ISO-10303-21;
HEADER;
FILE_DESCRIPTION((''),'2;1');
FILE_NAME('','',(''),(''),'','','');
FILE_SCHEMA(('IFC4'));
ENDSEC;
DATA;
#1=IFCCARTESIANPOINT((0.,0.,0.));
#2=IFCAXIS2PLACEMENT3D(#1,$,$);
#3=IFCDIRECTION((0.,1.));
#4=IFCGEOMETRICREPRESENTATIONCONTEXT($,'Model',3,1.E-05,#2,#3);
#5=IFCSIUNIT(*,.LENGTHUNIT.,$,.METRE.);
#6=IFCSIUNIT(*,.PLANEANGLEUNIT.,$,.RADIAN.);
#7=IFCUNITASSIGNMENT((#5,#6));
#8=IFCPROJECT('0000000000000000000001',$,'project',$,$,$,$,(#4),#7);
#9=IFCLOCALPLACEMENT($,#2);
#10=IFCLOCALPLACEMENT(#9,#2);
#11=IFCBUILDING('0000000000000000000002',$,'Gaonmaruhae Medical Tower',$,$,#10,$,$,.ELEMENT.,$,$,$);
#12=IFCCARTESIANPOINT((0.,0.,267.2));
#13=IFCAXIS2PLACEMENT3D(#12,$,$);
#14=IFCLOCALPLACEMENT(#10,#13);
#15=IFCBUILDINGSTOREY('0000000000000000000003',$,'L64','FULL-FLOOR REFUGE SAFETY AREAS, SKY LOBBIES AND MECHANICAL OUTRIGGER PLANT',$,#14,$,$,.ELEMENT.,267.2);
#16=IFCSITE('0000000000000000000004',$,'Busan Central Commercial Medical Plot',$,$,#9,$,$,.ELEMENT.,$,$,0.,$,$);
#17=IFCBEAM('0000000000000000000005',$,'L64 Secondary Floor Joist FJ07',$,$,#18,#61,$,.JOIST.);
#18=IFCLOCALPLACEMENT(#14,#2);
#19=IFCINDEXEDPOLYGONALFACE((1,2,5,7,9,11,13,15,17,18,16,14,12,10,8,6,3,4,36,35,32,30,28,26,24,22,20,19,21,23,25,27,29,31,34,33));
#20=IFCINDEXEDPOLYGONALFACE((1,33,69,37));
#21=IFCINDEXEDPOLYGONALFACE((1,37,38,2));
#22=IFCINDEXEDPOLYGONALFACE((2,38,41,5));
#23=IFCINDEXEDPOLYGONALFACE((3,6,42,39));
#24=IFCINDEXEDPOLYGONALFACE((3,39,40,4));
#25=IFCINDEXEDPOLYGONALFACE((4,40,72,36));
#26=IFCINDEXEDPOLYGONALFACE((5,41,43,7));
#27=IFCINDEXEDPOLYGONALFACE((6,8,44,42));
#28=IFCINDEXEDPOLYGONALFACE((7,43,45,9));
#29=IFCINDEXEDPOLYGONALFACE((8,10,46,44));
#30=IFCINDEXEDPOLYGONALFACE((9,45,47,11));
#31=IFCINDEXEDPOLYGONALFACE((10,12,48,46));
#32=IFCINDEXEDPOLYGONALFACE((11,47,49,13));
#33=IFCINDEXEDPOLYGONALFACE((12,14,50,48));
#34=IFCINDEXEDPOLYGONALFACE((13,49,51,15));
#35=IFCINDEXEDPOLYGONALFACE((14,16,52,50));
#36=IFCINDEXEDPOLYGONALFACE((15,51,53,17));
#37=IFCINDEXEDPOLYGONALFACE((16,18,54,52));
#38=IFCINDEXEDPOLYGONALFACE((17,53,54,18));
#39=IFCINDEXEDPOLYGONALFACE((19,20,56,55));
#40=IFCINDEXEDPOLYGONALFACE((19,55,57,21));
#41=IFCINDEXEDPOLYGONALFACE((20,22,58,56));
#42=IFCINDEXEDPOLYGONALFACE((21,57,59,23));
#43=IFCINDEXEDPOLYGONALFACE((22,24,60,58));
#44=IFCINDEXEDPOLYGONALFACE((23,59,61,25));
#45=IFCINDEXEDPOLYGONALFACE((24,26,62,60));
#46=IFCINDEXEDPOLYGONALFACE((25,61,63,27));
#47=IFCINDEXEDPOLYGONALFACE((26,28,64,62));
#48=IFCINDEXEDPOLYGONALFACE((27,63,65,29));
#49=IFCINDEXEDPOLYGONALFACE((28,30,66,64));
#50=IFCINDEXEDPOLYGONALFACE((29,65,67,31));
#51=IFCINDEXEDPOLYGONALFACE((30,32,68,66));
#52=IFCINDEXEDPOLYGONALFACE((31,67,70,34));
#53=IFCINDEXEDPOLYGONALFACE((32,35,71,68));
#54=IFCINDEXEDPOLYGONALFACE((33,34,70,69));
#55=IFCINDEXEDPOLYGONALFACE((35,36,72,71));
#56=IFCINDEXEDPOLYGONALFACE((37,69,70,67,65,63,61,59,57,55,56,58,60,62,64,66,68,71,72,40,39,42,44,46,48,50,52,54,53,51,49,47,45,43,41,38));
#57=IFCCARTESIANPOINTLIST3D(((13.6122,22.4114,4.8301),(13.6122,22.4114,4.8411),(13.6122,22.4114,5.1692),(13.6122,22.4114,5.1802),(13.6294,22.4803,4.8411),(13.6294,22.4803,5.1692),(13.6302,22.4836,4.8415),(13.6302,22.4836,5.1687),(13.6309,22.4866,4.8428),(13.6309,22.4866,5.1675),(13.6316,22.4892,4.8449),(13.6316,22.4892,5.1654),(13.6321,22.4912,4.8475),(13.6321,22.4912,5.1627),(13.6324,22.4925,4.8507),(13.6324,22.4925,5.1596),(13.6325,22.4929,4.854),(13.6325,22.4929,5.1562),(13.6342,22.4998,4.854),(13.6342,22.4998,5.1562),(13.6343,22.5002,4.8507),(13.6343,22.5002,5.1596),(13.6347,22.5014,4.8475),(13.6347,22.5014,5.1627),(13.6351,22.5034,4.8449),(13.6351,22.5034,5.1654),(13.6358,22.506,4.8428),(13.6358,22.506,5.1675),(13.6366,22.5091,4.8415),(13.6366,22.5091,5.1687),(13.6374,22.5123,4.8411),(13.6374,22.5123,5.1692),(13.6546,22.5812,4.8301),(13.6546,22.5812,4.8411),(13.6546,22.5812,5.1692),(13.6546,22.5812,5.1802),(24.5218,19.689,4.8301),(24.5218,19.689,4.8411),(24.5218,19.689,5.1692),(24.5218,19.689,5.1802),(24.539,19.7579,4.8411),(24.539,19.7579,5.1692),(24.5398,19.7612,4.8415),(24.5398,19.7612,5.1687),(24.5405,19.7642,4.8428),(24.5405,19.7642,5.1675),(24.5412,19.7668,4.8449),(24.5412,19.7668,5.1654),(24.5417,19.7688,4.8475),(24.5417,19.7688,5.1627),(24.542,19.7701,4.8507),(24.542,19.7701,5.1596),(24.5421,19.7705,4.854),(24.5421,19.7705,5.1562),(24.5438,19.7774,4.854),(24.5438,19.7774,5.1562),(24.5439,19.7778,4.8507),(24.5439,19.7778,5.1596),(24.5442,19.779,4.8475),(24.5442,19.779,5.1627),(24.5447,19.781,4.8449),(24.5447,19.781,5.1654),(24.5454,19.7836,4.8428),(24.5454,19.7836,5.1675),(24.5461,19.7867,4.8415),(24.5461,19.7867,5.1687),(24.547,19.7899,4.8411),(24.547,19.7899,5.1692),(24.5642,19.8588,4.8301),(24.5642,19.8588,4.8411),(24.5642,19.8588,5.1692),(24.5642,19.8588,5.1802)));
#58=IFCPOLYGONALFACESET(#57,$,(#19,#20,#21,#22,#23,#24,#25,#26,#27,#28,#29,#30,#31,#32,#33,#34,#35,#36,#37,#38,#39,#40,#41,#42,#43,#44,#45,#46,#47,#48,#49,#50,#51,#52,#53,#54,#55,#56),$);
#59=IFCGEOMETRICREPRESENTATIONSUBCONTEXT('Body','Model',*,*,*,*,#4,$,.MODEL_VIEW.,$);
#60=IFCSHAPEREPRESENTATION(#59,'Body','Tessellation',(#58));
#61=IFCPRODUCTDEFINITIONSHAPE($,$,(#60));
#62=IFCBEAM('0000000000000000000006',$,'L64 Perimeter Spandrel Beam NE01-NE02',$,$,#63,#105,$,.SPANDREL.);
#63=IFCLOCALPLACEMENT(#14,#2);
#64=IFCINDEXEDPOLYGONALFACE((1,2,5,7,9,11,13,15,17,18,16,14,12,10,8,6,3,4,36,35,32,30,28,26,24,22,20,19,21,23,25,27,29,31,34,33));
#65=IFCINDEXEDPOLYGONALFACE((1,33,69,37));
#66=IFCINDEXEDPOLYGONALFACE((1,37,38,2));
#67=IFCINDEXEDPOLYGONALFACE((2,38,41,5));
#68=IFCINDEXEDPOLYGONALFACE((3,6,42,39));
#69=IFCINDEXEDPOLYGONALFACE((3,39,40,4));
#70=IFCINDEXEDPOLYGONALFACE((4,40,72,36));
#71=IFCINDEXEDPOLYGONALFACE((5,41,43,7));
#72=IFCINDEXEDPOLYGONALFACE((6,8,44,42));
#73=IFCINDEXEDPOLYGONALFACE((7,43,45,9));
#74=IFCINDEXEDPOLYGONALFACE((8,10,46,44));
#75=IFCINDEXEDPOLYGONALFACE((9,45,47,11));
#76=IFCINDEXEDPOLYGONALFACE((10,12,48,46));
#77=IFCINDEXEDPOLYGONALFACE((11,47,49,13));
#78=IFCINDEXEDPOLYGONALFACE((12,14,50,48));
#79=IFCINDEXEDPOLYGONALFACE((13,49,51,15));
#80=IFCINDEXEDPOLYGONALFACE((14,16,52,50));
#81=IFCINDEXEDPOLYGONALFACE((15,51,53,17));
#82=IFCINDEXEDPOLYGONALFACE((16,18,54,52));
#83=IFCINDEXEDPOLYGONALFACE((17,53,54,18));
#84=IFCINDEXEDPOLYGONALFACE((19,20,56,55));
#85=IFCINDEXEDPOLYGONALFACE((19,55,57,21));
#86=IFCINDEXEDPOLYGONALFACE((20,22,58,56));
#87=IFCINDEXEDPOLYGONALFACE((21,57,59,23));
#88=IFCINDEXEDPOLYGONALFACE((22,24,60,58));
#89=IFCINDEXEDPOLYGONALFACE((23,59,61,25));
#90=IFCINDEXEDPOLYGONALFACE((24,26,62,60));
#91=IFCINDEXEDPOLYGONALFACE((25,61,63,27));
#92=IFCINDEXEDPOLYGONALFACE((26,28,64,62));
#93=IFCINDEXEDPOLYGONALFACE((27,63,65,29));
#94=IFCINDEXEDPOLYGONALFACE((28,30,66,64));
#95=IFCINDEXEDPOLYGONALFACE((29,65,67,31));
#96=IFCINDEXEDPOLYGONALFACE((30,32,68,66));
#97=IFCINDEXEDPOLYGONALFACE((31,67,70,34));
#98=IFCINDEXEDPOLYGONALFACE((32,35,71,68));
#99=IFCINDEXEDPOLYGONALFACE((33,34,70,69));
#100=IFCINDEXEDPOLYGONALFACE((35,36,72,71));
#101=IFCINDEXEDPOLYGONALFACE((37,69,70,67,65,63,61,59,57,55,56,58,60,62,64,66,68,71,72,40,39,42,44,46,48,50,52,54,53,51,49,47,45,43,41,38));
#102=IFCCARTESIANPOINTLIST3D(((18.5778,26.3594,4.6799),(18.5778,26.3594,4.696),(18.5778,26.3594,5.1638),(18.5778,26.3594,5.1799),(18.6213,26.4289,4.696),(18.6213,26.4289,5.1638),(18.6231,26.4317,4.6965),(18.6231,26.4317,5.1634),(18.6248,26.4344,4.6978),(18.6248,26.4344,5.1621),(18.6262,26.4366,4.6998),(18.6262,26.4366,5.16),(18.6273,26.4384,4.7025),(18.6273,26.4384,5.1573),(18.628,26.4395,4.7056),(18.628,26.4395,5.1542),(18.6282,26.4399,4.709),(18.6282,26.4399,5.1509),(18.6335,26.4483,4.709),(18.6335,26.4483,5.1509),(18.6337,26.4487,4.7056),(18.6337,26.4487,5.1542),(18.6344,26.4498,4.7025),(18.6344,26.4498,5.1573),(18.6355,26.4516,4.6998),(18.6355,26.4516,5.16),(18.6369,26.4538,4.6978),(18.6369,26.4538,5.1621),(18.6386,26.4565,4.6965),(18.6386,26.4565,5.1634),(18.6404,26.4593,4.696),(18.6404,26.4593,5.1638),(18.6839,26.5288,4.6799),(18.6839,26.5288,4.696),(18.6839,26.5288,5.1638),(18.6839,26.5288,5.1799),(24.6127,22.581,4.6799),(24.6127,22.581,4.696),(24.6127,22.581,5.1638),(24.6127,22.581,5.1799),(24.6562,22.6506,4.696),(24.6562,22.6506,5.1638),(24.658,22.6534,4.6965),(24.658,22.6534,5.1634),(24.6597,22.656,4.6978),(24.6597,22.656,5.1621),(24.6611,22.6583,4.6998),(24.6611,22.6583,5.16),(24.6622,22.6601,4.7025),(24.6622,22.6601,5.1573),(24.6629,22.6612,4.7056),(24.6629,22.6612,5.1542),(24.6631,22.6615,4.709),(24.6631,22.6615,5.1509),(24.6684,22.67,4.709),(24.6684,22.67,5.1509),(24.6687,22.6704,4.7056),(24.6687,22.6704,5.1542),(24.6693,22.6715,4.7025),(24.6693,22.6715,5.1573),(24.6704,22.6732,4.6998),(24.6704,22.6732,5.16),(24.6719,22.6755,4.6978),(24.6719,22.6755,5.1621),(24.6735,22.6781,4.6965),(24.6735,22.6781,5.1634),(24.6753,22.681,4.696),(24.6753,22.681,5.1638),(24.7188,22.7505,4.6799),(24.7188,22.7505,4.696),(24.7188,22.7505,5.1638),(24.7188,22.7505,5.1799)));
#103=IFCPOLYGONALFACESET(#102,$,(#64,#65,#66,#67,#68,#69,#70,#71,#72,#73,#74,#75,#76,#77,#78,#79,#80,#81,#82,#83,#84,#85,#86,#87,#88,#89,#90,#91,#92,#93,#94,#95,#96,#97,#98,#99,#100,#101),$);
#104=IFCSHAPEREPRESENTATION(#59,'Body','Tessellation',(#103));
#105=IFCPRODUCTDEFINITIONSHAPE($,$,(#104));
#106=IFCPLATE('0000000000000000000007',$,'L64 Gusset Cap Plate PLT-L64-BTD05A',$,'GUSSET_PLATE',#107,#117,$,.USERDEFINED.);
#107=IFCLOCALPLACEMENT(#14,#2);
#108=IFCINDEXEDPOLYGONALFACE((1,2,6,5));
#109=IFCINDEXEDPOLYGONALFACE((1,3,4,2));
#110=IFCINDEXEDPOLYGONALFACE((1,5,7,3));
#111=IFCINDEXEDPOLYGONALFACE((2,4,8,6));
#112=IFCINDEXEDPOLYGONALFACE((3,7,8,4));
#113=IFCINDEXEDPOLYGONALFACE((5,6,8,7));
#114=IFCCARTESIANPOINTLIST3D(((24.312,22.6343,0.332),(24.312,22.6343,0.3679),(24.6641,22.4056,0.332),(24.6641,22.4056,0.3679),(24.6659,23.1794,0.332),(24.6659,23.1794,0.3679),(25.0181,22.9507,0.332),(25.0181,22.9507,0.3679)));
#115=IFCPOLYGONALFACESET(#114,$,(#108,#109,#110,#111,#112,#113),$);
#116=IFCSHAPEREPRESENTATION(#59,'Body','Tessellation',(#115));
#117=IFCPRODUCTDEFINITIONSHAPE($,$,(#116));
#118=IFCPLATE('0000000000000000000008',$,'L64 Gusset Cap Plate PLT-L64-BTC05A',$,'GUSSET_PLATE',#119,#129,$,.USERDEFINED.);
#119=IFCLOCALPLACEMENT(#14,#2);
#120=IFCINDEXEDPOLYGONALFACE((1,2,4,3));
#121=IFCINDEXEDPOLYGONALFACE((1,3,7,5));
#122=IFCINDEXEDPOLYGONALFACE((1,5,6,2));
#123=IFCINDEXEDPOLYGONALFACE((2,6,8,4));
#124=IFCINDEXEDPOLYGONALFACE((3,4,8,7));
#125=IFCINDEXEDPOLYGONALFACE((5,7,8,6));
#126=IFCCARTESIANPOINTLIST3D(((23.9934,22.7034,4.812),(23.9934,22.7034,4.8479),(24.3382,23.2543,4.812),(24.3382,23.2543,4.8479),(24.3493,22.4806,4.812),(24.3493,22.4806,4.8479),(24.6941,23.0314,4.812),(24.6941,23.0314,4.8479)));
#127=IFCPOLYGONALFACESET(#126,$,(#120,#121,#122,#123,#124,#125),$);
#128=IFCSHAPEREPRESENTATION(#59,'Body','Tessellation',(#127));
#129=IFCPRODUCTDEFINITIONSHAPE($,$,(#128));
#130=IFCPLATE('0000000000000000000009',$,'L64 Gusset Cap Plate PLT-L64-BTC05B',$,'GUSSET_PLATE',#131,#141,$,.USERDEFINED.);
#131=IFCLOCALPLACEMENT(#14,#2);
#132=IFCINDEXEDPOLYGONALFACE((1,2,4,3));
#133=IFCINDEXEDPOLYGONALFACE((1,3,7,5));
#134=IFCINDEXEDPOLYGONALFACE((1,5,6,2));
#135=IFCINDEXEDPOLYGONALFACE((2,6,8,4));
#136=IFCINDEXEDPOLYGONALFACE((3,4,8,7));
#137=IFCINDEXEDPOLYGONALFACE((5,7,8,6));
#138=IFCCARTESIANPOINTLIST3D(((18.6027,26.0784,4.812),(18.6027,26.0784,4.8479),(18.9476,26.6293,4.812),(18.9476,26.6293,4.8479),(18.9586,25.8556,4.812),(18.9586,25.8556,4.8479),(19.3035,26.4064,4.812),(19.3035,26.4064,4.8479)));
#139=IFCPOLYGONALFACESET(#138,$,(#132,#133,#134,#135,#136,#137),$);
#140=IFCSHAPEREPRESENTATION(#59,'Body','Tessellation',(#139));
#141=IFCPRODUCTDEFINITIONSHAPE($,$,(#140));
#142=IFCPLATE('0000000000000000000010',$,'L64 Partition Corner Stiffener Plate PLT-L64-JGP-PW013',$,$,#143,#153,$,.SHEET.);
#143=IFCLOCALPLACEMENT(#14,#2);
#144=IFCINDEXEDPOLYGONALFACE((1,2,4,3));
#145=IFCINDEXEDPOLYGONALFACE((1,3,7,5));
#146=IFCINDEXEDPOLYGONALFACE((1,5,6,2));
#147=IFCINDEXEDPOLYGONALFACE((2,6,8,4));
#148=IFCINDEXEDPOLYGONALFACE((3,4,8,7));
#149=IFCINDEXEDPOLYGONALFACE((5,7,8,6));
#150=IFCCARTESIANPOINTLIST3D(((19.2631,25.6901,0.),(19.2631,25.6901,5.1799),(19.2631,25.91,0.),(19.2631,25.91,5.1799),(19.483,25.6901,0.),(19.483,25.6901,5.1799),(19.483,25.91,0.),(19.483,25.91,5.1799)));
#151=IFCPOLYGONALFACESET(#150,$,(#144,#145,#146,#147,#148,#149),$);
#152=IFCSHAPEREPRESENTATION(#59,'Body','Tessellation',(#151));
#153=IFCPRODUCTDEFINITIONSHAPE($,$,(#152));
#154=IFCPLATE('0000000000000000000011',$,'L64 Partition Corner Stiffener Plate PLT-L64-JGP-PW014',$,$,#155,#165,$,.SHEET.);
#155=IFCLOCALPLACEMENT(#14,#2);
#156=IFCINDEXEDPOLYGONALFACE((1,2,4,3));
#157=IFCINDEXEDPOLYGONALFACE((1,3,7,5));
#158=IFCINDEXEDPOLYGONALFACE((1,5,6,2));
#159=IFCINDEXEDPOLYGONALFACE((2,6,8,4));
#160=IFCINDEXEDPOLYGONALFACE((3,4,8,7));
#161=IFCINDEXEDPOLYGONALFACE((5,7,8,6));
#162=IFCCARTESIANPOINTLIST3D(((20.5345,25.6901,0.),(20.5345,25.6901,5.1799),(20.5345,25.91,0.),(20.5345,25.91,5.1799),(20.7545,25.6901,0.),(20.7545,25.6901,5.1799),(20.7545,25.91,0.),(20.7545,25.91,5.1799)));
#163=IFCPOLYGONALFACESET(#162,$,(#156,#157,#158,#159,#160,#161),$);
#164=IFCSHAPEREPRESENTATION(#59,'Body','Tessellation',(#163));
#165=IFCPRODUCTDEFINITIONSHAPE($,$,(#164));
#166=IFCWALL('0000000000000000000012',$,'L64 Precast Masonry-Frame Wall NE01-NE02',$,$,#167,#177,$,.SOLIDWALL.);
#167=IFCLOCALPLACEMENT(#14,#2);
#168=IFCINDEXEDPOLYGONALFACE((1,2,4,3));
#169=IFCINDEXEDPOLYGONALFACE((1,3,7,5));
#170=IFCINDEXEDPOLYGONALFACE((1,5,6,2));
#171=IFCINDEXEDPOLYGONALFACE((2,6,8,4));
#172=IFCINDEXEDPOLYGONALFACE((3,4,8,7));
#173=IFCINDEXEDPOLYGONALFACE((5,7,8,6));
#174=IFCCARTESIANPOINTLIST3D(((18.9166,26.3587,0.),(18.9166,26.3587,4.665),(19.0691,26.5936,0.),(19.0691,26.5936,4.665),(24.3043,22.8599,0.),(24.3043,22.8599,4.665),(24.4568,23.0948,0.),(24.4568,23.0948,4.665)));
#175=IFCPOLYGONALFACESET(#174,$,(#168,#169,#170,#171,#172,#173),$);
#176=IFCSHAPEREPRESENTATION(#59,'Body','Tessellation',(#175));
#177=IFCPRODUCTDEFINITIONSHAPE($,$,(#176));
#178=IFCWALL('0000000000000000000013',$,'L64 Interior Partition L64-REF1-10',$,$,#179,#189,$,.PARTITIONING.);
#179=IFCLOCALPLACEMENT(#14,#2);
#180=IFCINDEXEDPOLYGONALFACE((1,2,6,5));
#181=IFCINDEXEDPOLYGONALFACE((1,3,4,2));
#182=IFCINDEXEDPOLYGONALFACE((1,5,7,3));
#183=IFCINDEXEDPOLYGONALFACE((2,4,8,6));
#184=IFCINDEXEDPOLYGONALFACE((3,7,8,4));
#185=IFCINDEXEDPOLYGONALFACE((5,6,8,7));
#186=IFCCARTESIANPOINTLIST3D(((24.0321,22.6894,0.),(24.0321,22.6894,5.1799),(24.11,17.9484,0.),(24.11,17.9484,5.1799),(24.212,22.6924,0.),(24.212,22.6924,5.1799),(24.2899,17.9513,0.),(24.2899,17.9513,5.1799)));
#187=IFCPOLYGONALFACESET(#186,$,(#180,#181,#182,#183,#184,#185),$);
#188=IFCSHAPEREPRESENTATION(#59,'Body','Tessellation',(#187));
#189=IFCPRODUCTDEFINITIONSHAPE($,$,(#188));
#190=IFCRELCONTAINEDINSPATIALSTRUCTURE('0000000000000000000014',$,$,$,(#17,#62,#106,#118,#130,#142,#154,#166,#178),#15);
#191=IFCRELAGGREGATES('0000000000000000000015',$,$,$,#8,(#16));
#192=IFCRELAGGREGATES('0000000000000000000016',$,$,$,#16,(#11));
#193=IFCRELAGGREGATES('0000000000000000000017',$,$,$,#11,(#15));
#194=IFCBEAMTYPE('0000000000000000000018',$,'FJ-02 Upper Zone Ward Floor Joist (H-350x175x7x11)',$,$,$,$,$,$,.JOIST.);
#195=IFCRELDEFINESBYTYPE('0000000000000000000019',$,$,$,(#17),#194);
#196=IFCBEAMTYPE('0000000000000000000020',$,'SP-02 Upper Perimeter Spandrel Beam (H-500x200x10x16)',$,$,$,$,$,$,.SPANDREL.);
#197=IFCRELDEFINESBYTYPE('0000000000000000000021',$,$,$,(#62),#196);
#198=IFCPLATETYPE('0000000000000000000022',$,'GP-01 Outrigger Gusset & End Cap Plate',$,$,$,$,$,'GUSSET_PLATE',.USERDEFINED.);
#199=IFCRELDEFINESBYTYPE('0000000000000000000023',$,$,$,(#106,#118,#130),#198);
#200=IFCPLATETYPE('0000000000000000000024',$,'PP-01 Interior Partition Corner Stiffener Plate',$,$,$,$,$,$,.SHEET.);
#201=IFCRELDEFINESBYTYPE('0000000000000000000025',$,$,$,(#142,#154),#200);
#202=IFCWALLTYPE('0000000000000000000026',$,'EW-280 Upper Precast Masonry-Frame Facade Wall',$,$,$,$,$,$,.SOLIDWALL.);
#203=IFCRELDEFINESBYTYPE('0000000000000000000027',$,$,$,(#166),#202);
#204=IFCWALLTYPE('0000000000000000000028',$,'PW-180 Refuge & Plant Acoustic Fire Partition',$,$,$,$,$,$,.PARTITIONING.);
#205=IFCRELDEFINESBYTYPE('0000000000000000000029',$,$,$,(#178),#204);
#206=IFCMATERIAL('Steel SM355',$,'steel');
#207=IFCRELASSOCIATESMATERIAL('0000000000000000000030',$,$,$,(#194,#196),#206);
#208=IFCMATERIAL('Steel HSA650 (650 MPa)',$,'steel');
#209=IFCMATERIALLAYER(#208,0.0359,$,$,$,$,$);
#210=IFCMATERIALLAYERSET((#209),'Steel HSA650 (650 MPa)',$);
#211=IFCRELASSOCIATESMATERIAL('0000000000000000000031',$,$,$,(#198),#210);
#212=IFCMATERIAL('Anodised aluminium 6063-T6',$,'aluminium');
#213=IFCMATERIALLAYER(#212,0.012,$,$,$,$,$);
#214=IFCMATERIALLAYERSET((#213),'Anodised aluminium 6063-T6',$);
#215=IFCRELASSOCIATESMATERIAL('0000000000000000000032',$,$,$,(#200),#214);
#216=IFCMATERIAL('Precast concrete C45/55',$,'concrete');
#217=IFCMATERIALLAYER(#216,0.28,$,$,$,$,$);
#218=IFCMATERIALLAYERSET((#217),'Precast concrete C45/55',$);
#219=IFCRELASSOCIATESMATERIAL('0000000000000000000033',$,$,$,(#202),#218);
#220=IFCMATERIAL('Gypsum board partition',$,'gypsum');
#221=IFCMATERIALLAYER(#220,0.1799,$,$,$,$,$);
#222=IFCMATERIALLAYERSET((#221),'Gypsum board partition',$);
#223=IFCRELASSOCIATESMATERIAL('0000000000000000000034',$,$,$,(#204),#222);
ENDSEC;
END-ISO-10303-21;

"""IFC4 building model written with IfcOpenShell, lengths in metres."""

from ifc_helpers import new_model, si_unit, direction, frame, frame_2d, origin, origin_2d, place, context, subcontext, project, spatial, rectangle, i_section, extrude, material, layer, layer_set, material_profile, profile_set, type_object, element, save


model = new_model("IFC4")

# Units and contexts
model_context = context("Model", 3, precision=1e-05, world=origin(), true_north=direction((0.0, 1.0)))
body_context = subcontext(model_context, "Body", "Model", "MODEL_VIEW")
ifc_project = project(units=[si_unit("LENGTHUNIT", "METRE"), si_unit("PLANEANGLEUNIT", "RADIAN")], contexts=[model_context])

# Site, building, storey
site_placement = place(None, origin())
site = spatial("IfcSite", under=ifc_project, at=site_placement, Name="Busan Central Commercial Medical Plot", CompositionType="ELEMENT", RefElevation=0.0)
building_placement = place(site_placement, origin())
building = spatial("IfcBuilding", under=site, at=building_placement, Name="Gaonmaruhae Medical Tower", CompositionType="ELEMENT")
storey_placement = place(building_placement, frame((0.0, 0.0, 267.2)))
storey = spatial("IfcBuildingStorey", under=building, at=storey_placement, Name="L64", Description="FULL-FLOOR REFUGE SAFETY AREAS, SKY LOBBIES AND MECHANICAL OUTRIGGER PLANT", CompositionType="ELEMENT", Elevation=267.2)

# Shared definitions
ifc_material_1 = material(Name="Steel HSA650 (650 MPa)", Category="steel")

# Beams
ifc_material_2 = material(Name="Steel SM355", Category="steel")
ifc_material_profile_1 = material_profile(ifc_material_2, i_section(OverallWidth=0.175, OverallDepth=0.3501, WebThickness=0.0071, FlangeThickness=0.011, FilletRadius=0.0129, at=origin_2d()), Name="H-350x175x7x11")
ifc_profile_set_1 = profile_set([ifc_material_profile_1], Name="Steel SM355")
beam_type_1 = type_object("IfcBeamType", Name="FJ-02 Upper Zone Ward Floor Joist (H-350x175x7x11)", PredefinedType="JOIST", material=ifc_profile_set_1)
beam_1_placement = place(storey_placement, frame((24.543, 19.7739, 5.0051), z_axis=(-0.970247, 0.242117, 0.0), x_axis=(-0.242117, -0.970247, 0.0)))
element("IfcBeam", 1, at=beam_1_placement, inside=storey, type_object=beam_type_1, Name="L64 Secondary Floor Joist FJ07", PredefinedType="JOIST", context=body_context, shape_type="SweptSolid", body=[
    extrude(i_section(OverallWidth=0.175, OverallDepth=0.3501, WebThickness=0.0071, FlangeThickness=0.011, FilletRadius=0.0129, at=origin_2d()), origin(), (0.0, 0.0, 1.0), 11.2441),
])
ifc_material_profile_2 = material_profile(ifc_material_2, i_section(OverallWidth=0.2, OverallDepth=0.5, WebThickness=0.01, FlangeThickness=0.0161, FilletRadius=0.0129, at=origin_2d()), Name="H-500x200x10x16")
ifc_profile_set_2 = profile_set([ifc_material_profile_2], Name="Steel SM355")
beam_type_2 = type_object("IfcBeamType", Name="SP-02 Upper Perimeter Spandrel Beam (H-500x200x10x16)", PredefinedType="SPANDREL", material=ifc_profile_set_2)
beam_2_placement = place(storey_placement, frame((24.6658, 22.6658, 4.9299), z_axis=(-0.847588, 0.530655, 0.0), x_axis=(-0.530655, -0.847588, 0.0)))
element("IfcBeam", 2, at=beam_2_placement, inside=storey, type_object=beam_type_2, Name="L64 Perimeter Spandrel Beam NE01-NE02", PredefinedType="SPANDREL", context=body_context, shape_type="SweptSolid", body=[
    extrude(i_section(OverallWidth=0.2, OverallDepth=0.5, WebThickness=0.01, FlangeThickness=0.0161, FilletRadius=0.0129, at=origin_2d()), origin(), (0.0, 0.0, 1.0), 7.1201),
])

# Plates
ifc_layer_1 = layer(ifc_material_1, 0.0359)
ifc_layer_set_1 = layer_set([ifc_layer_1], Name="Steel HSA650 (650 MPa)")
plate_type_1 = type_object("IfcPlateType", Name="GP-01 Outrigger Gusset & End Cap Plate", ElementType="GUSSET_PLATE", PredefinedType="USERDEFINED", material=ifc_layer_set_1)
for number, where, z_axis, x_axis, name in (
    (3, (24.665, 22.7925, 0.332), (0.0, 0.0, 1.0), (0.544639, 0.838671, 0.0), "L64 Gusset Cap Plate PLT-L64-BTD05A"),
    (4, (24.3438, 22.8674, 4.812), (0.0, 0.0, 1.0), (0.530659, 0.847585, 0.0), "L64 Gusset Cap Plate PLT-L64-BTC05A"),
    (5, (18.9531, 26.2424, 4.812), (0.0, 0.0, 1.0), (0.530659, 0.847585, 0.0), "L64 Gusset Cap Plate PLT-L64-BTC05B"),
):
    element("IfcPlate", number, at=place(storey_placement, frame(where, z_axis=z_axis, x_axis=x_axis)), inside=storey, type_object=plate_type_1, Name=name, ObjectType="GUSSET_PLATE", PredefinedType="USERDEFINED", context=body_context, shape_type="SweptSolid", body=[
        extrude(rectangle(XDim=0.6499, YDim=0.4199, at=origin_2d()), origin(), (0.0, 0.0, 1.0), 0.0359),
    ])
ifc_material_3 = material(Name="Anodised aluminium 6063-T6", Category="aluminium")
ifc_layer_2 = layer(ifc_material_3, 0.012)
ifc_layer_set_2 = layer_set([ifc_layer_2], Name="Anodised aluminium 6063-T6")
plate_type_2 = type_object("IfcPlateType", Name="PP-01 Interior Partition Corner Stiffener Plate", PredefinedType="SHEET", material=ifc_layer_set_2)
for number, where, z_axis, x_axis, name in (
    (6, (19.373, 25.8, 0.0), (0.0, 0.0, 1.0), (1.0, 0.0, 0.0), "L64 Partition Corner Stiffener Plate PLT-L64-JGP-PW013"),
    (7, (20.6445, 25.8, 0.0), (0.0, 0.0, 1.0), (1.0, 0.0, 0.0), "L64 Partition Corner Stiffener Plate PLT-L64-JGP-PW014"),
):
    element("IfcPlate", number, at=place(storey_placement, frame(where, z_axis=z_axis, x_axis=x_axis)), inside=storey, type_object=plate_type_2, Name=name, PredefinedType="SHEET", context=body_context, shape_type="SweptSolid", body=[
        extrude(rectangle(XDim=0.22, YDim=0.22, at=origin_2d()), origin(), (0.0, 0.0, 1.0), 5.1799),
    ])

# Walls
ifc_material_4 = material(Name="Precast concrete C45/55", Category="concrete")
ifc_layer_3 = layer(ifc_material_4, 0.28)
ifc_layer_set_3 = layer_set([ifc_layer_3], Name="Precast concrete C45/55")
wall_type_1 = type_object("IfcWallType", Name="EW-280 Upper Precast Masonry-Frame Facade Wall", PredefinedType="SOLIDWALL", material=ifc_layer_set_3)
wall_1_placement = place(storey_placement, frame((18.9929, 26.4761, 0.0), z_axis=(0.0, 0.0, 1.0), x_axis=(0.838673, -0.544636, 0.0)))
element("IfcWall", 8, at=wall_1_placement, inside=storey, type_object=wall_type_1, Name="L64 Precast Masonry-Frame Wall NE01-NE02", PredefinedType="SOLIDWALL", context=body_context, shape_type="SweptSolid", body=[
    extrude(rectangle(XDim=6.4241, YDim=0.28, at=frame_2d((3.2119, 0.0))), origin(), (0.0, 0.0, 1.0), 4.665),
])
ifc_material_5 = material(Name="Gypsum board partition", Category="gypsum")
ifc_layer_4 = layer(ifc_material_5, 0.1799)
ifc_layer_set_4 = layer_set([ifc_layer_4], Name="Gypsum board partition")
wall_type_2 = type_object("IfcWallType", Name="PW-180 Refuge & Plant Acoustic Fire Partition", PredefinedType="PARTITIONING", material=ifc_layer_set_4)
wall_2_placement = place(storey_placement, frame((24.1221, 22.6909, 0.0), z_axis=(0.0, 0.0, 1.0), x_axis=(0.016425, -0.999865, 0.0)))
element("IfcWall", 9, at=wall_2_placement, inside=storey, type_object=wall_type_2, Name="L64 Interior Partition L64-REF1-10", PredefinedType="PARTITIONING", context=body_context, shape_type="SweptSolid", body=[
    extrude(rectangle(XDim=4.7417, YDim=0.1799, at=frame_2d((2.3708, 0.0))), origin(), (0.0, 0.0, 1.0), 5.1799),
])

save(model, "model.ifc")
